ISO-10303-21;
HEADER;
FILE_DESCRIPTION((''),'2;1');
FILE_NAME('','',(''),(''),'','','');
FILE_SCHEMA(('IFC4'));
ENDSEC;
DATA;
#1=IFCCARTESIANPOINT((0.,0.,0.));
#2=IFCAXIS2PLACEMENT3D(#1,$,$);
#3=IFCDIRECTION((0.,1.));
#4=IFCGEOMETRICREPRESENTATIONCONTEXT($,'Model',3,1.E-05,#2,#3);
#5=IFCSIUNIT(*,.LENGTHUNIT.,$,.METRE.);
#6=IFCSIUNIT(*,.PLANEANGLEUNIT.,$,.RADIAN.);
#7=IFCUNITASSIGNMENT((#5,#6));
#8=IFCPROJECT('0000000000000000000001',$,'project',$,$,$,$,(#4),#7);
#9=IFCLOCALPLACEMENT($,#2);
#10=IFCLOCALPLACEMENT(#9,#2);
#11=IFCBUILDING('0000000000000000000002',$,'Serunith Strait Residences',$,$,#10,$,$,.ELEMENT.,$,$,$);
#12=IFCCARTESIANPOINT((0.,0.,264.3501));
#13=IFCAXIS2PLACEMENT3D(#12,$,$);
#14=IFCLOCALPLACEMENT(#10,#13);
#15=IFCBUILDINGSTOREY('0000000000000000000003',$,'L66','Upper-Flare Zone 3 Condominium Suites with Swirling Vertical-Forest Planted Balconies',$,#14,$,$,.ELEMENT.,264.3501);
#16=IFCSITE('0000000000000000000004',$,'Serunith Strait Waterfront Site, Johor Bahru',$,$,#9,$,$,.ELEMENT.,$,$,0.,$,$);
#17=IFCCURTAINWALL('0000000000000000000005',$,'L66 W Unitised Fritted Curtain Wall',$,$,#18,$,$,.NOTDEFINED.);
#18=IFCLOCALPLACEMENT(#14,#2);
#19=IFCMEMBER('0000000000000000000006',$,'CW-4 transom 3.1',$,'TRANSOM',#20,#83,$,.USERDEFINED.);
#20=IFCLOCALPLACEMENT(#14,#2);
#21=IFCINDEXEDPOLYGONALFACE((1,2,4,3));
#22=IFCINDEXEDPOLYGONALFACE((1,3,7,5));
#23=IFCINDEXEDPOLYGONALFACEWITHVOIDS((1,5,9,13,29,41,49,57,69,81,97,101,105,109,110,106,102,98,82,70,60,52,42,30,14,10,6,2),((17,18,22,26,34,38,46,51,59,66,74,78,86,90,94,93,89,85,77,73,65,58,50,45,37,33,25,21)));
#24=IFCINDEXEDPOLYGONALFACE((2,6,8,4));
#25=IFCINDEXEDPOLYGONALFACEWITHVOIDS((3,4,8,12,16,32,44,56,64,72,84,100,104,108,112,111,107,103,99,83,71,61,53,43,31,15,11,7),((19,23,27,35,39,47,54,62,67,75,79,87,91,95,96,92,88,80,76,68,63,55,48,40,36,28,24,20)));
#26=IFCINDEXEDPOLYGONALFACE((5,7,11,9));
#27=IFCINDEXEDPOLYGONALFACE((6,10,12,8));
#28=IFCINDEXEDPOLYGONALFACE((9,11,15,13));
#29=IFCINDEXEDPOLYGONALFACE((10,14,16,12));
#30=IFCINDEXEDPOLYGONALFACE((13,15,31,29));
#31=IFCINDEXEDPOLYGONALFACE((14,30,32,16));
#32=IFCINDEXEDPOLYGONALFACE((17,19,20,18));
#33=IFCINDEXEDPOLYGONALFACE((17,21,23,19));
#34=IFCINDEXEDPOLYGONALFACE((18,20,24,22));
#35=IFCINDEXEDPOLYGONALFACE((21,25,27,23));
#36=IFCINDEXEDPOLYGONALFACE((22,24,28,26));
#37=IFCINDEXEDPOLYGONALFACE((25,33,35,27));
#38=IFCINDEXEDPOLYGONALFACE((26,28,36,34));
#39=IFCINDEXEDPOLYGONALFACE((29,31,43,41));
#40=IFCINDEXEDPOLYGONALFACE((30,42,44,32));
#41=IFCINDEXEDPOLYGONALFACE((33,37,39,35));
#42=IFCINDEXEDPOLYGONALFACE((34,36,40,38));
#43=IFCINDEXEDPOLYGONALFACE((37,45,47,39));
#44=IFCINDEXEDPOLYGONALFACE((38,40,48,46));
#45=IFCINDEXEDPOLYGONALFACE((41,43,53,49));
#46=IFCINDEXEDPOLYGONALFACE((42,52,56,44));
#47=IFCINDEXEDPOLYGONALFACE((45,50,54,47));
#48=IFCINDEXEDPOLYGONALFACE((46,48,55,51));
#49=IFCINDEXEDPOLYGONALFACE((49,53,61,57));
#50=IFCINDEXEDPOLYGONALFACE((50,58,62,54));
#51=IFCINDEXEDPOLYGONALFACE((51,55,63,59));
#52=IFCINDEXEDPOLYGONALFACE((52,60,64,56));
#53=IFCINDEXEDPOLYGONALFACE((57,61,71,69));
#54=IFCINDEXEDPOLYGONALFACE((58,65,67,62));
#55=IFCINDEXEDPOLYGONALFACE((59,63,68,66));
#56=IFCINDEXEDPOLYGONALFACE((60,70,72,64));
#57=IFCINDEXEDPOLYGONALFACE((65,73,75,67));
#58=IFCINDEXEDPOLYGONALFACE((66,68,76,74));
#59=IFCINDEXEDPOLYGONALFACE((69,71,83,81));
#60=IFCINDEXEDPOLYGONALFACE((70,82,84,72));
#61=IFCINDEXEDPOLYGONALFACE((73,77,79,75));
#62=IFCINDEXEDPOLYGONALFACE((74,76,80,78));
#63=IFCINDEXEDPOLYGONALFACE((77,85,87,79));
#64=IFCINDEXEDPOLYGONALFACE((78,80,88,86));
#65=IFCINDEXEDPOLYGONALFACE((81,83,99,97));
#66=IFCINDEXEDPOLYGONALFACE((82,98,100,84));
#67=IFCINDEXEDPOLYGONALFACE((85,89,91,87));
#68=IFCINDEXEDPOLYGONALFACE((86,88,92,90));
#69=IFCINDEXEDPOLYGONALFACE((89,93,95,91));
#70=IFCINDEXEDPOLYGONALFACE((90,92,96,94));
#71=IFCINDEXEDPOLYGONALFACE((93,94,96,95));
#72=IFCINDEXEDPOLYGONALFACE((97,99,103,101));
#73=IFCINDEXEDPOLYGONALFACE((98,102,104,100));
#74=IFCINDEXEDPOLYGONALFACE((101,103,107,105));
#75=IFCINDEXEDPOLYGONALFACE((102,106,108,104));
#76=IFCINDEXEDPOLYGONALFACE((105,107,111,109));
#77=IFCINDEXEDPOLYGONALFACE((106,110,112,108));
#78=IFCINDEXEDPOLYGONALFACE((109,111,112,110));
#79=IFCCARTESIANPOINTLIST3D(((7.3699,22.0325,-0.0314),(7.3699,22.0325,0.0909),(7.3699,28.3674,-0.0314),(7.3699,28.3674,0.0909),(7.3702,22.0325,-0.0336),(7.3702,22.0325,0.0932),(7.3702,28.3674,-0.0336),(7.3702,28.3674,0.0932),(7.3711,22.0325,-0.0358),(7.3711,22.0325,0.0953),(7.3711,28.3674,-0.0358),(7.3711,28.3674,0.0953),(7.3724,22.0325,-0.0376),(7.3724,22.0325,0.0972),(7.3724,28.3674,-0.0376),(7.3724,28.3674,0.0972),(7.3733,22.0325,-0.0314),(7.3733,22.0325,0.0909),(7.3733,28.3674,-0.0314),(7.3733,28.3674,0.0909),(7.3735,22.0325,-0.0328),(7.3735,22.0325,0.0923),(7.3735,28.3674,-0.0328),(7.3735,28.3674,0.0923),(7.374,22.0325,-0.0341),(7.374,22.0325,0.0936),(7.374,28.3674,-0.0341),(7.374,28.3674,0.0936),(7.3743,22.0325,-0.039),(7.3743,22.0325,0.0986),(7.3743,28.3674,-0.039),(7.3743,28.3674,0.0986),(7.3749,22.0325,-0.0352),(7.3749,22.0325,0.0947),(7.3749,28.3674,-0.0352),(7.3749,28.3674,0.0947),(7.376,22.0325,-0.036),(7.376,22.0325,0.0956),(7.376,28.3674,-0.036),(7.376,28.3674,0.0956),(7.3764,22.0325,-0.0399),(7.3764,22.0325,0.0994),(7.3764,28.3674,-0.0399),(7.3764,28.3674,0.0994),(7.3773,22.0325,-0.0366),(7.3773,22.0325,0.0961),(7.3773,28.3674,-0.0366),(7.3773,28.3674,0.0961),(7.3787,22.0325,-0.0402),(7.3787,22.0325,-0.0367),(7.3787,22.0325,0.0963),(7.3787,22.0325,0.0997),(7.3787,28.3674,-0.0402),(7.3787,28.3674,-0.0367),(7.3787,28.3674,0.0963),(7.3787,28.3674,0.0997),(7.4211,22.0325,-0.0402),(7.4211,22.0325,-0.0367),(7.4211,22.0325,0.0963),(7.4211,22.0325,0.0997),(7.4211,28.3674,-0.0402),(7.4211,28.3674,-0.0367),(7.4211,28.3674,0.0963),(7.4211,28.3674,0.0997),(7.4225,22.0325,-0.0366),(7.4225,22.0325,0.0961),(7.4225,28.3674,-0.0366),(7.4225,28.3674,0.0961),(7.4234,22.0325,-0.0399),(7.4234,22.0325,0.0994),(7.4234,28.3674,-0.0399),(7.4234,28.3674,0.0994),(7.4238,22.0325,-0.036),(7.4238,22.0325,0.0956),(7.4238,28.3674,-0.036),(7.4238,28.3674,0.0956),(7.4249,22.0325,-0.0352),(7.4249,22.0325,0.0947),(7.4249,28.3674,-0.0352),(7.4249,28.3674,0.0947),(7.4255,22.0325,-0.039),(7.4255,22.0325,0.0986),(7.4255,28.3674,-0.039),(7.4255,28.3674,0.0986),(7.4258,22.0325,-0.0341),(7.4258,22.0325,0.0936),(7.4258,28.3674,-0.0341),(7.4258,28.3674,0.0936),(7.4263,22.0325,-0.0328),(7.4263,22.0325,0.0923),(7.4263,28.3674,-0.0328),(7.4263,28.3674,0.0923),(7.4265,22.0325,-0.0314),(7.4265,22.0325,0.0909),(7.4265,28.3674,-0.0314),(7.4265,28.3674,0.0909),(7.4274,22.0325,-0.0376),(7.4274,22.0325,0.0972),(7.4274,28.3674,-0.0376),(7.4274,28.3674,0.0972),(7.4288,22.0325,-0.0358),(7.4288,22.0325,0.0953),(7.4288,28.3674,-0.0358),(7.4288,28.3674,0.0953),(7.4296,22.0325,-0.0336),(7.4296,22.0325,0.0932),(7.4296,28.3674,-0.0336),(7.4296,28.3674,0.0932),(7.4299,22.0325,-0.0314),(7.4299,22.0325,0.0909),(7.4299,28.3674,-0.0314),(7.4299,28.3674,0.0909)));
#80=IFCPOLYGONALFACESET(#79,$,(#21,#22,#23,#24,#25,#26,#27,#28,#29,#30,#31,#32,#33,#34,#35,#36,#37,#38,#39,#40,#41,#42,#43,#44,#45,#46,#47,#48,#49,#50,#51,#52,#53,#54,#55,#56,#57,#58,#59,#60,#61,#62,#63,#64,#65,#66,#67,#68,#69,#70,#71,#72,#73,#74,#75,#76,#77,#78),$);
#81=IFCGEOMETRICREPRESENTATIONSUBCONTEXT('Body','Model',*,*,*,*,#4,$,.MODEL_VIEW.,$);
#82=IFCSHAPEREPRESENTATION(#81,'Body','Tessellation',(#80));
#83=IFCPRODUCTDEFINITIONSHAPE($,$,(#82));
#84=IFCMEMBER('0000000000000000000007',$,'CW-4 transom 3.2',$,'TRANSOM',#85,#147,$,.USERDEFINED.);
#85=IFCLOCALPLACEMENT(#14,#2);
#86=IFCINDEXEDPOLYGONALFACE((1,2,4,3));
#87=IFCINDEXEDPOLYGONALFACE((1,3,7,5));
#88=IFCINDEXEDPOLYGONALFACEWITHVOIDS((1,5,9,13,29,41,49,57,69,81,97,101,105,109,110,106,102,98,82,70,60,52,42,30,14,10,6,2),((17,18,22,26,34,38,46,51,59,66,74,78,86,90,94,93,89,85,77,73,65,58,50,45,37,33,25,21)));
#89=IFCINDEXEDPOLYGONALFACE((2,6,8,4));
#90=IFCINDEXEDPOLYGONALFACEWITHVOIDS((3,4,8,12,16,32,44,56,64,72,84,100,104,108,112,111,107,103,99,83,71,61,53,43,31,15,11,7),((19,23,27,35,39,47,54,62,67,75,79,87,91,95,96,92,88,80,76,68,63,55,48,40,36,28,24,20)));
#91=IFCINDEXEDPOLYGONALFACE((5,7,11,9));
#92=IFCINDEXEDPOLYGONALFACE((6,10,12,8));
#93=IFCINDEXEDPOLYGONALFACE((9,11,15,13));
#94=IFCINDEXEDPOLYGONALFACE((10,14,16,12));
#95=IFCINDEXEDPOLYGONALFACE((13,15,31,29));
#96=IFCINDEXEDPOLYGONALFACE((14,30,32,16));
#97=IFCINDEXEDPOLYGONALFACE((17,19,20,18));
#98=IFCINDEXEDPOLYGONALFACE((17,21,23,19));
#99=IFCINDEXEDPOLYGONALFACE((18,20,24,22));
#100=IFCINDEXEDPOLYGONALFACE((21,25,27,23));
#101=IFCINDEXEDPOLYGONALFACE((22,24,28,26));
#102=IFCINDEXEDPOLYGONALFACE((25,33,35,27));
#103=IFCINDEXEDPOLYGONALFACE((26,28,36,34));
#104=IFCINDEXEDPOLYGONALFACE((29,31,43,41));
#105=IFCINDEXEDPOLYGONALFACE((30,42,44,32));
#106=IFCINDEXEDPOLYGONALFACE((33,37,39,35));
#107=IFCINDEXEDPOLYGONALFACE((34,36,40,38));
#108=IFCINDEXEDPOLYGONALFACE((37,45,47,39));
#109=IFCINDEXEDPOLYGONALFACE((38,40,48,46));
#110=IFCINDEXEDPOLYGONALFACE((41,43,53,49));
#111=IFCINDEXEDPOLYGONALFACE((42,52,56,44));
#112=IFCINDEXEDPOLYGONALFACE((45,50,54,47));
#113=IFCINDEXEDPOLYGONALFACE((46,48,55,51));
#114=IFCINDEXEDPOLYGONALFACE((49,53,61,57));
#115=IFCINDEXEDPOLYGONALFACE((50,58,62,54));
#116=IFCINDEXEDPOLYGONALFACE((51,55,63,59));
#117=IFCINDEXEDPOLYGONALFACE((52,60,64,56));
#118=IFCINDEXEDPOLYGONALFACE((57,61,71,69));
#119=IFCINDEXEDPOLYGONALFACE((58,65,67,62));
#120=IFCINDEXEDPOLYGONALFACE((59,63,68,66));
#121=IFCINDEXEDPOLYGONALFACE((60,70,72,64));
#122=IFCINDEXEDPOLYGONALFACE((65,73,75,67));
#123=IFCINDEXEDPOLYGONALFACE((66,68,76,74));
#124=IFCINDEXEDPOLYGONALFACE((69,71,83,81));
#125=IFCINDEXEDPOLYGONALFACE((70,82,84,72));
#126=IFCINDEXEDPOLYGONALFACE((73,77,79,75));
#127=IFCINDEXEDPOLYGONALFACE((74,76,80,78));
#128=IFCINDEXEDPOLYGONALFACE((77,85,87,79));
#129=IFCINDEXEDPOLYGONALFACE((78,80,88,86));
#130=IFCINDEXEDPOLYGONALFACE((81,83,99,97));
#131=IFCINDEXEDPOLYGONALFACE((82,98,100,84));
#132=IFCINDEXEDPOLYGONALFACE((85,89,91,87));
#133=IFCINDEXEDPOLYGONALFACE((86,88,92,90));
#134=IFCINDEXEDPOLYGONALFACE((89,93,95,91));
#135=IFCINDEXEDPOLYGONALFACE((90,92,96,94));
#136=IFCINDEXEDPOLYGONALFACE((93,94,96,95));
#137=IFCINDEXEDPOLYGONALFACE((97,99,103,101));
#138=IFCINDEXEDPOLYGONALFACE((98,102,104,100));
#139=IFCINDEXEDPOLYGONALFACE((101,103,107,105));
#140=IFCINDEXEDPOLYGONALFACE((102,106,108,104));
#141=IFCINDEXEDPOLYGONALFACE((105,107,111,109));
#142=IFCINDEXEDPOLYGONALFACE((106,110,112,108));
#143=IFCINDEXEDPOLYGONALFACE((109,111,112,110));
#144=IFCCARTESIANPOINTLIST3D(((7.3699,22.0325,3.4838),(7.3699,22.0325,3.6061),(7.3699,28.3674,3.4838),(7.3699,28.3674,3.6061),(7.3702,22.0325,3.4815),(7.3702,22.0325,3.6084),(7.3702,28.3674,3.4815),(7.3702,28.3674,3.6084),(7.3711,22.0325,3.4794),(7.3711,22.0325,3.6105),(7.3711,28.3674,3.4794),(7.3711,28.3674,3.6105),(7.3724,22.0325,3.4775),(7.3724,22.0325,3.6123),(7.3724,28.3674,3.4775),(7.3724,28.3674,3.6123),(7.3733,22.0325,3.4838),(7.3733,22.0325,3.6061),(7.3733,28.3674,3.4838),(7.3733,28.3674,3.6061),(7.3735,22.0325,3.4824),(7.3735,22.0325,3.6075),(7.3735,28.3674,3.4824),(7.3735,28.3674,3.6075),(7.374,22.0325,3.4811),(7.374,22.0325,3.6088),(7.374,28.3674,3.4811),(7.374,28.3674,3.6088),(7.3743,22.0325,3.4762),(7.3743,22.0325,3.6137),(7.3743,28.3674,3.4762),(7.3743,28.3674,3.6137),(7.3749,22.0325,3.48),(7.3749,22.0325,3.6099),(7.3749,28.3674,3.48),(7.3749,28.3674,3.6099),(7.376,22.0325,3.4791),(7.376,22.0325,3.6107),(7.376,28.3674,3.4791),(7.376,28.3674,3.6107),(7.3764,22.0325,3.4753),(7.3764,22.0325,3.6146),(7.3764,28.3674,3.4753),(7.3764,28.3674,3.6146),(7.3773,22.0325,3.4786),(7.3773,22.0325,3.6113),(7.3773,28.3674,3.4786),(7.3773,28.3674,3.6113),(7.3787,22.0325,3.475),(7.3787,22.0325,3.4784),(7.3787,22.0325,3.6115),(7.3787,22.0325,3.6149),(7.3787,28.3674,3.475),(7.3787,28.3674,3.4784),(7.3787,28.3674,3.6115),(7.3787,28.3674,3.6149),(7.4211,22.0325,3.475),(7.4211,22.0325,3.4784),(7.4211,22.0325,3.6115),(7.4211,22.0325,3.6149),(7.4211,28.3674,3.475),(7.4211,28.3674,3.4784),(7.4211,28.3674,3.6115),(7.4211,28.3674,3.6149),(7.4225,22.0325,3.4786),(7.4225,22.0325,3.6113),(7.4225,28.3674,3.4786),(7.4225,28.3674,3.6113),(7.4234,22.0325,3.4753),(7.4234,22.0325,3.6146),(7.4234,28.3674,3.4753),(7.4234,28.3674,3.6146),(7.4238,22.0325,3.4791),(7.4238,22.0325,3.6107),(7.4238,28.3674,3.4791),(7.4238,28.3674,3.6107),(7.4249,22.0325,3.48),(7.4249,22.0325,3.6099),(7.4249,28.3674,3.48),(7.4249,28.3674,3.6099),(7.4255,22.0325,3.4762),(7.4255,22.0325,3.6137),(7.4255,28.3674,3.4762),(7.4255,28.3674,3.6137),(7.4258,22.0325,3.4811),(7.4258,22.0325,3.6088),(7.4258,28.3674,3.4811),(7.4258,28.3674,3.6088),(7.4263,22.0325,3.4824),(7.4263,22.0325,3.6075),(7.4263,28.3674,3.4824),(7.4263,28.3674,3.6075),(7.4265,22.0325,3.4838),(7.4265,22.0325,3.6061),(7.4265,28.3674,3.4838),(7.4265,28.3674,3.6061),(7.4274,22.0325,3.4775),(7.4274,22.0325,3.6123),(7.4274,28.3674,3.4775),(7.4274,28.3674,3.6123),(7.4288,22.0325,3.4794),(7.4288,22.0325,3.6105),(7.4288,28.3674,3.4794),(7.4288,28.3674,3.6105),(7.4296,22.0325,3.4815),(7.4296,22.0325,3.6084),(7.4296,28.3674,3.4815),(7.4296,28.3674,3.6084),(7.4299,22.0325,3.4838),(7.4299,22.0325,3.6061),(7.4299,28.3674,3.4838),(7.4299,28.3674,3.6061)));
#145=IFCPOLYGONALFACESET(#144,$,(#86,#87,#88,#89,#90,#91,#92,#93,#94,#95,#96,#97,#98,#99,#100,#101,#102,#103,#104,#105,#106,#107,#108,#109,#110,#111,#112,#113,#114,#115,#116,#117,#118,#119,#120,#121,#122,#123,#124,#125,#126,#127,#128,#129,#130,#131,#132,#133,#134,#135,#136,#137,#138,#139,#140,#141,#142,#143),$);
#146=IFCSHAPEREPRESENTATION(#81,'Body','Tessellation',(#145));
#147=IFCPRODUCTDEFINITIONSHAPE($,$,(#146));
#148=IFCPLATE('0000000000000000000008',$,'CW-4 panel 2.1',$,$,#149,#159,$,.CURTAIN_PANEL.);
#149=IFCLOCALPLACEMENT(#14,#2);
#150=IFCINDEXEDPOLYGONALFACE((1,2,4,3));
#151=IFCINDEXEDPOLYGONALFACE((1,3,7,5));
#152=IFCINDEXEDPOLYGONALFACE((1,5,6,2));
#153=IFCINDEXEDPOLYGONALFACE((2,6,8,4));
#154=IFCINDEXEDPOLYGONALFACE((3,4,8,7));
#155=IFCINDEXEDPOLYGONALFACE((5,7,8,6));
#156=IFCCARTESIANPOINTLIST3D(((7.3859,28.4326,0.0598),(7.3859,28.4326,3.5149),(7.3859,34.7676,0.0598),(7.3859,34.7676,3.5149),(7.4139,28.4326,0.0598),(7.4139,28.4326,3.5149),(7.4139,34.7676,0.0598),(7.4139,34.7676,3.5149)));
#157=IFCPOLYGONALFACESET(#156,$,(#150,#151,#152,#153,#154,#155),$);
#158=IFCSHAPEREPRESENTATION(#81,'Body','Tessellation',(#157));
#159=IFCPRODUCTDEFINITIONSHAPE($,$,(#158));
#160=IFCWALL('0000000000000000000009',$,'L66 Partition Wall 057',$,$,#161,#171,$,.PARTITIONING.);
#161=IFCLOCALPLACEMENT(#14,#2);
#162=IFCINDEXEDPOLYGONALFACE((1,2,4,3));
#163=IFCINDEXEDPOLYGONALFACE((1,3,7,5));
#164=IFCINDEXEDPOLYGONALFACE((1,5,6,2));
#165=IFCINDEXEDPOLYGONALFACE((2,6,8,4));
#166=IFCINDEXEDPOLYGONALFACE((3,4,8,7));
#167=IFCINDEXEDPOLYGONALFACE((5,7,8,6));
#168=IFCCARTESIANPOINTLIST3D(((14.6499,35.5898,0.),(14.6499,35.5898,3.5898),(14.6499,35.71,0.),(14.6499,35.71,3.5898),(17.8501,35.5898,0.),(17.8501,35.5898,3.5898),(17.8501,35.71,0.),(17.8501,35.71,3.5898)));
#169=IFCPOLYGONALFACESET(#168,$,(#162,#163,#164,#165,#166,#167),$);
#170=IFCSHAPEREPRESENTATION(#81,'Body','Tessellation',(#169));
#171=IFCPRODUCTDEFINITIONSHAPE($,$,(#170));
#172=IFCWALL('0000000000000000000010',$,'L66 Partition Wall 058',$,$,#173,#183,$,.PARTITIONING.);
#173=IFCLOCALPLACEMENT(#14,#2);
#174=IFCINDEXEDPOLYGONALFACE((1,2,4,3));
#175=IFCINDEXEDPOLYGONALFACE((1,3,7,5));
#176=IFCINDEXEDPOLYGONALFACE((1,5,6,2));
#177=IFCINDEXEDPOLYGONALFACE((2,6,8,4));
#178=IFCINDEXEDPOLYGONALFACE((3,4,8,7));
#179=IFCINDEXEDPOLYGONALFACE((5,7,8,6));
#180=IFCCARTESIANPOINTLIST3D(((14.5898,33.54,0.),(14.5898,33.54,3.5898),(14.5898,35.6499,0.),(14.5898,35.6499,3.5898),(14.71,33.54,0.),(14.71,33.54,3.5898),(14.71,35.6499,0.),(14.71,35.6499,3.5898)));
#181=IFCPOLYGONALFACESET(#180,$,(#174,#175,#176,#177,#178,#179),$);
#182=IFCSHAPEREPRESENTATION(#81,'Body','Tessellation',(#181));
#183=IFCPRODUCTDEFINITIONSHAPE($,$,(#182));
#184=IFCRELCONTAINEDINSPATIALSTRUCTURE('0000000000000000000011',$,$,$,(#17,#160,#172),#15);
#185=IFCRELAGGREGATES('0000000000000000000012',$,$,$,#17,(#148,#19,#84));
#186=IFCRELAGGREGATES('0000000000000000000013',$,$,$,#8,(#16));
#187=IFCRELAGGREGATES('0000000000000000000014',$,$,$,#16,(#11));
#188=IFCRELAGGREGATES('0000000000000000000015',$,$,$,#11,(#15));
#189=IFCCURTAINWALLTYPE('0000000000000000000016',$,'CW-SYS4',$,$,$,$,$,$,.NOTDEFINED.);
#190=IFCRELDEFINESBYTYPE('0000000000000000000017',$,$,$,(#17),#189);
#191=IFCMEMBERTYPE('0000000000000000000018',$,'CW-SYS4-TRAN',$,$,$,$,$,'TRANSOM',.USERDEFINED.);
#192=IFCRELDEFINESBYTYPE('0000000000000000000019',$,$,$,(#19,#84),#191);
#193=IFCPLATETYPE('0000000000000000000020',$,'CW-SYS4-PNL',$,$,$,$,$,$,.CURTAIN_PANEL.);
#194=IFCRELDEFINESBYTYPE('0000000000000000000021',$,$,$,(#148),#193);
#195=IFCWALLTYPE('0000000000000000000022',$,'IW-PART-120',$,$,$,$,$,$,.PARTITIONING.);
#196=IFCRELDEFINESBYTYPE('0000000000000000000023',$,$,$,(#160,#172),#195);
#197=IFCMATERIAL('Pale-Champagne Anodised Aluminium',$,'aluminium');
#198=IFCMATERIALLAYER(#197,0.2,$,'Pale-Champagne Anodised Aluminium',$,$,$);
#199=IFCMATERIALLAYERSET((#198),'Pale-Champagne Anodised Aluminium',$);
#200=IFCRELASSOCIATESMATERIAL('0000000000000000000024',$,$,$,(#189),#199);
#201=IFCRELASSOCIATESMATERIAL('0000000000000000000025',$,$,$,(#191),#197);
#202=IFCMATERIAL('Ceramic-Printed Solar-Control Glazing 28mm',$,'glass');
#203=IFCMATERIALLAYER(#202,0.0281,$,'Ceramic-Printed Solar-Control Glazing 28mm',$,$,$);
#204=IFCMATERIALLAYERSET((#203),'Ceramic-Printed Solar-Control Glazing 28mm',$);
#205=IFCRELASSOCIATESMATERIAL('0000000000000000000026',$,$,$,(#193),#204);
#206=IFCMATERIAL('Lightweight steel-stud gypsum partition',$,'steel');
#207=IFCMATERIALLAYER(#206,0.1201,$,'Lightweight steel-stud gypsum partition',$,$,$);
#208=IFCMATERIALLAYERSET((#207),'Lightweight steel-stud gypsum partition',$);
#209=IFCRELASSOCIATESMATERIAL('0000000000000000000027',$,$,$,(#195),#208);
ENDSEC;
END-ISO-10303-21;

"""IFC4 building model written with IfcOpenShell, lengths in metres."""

from ifc_helpers import new_model, si_unit, direction, frame, frame_2d, origin, origin_2d, place, context, subcontext, project, spatial, rectangle, hollow_rectangle, extrude, source, transform, mapped, material, layer, layer_set, material_profile, profile_set, type_object, element, aggregate, save


model = new_model("IFC4")

# Units and contexts
model_context = context("Model", 3, precision=1e-05, world=origin(), true_north=direction((0.0, 1.0)))
body_context = subcontext(model_context, "Body", "Model", "MODEL_VIEW")
ifc_project = project(units=[si_unit("LENGTHUNIT", "METRE"), si_unit("PLANEANGLEUNIT", "RADIAN")], contexts=[model_context])

# Site, building, storey
site_placement = place(None, origin())
site = spatial("IfcSite", under=ifc_project, at=site_placement, Name="Serunith Strait Waterfront Site, Johor Bahru", CompositionType="ELEMENT", RefElevation=0.0)
building_placement = place(site_placement, origin())
building = spatial("IfcBuilding", under=site, at=building_placement, Name="Serunith Strait Residences", CompositionType="ELEMENT")
storey_placement = place(building_placement, frame((0.0, 0.0, 264.3501)))
storey = spatial("IfcBuildingStorey", under=building, at=storey_placement, Name="L66", Description="Upper-Flare Zone 3 Condominium Suites with Swirling Vertical-Forest Planted Balconies", CompositionType="ELEMENT", Elevation=264.3501)

# Curtain wall, members, plate
ifc_material_1 = material(Name="Pale-Champagne Anodised Aluminium", Category="aluminium")
ifc_layer_1 = layer(ifc_material_1, 0.2, Name="Pale-Champagne Anodised Aluminium")
ifc_layer_set_1 = layer_set([ifc_layer_1], Name="Pale-Champagne Anodised Aluminium")
curtain_wall_type = type_object("IfcCurtainWallType", Name="CW-SYS4", PredefinedType="NOTDEFINED", material=ifc_layer_set_1)
curtain_wall_placement = place(storey_placement, origin())
curtain_wall = element("IfcCurtainWall", 1, at=curtain_wall_placement, inside=storey, type_object=curtain_wall_type, Name="L66 W Unitised Fritted Curtain Wall", PredefinedType="NOTDEFINED")
ifc_material_profile_1 = material_profile(ifc_material_1, hollow_rectangle(XDim=0.0601, YDim=0.1399, WallThickness=0.0034, InnerFilletRadius=0.0054, OuterFilletRadius=0.0088, at=origin_2d()), Name="ALU 140x60x3.5")
ifc_profile_set_1 = profile_set([ifc_material_profile_1], Name="Pale-Champagne Anodised Aluminium")
member_type_1 = type_object("IfcMemberType", Name="CW-SYS4-TRAN", ElementType="TRANSOM", PredefinedType="USERDEFINED", material=ifc_profile_set_1)
shared_shape_1 = source(origin(), body_context, "Body", "SweptSolid", [
    extrude(hollow_rectangle(XDim=0.0601, YDim=0.1399, WallThickness=0.0034, InnerFilletRadius=0.0054, OuterFilletRadius=0.0088, at=origin_2d()), origin(), (0.0, 0.0, 1.0), 6.335),
])
member_1_placement = place(storey_placement, frame((7.3999, 28.3674, 0.0298), z_axis=(0.0, -1.0, 0.0), x_axis=(1.0, 0.0, 0.0)))
member_1 = element("IfcMember", 2, at=member_1_placement, type_object=member_type_1, Name="CW-4 transom 3.1", ObjectType="TRANSOM", PredefinedType="USERDEFINED", context=body_context, shape_type="MappedRepresentation", body=[
    mapped(shared_shape_1, transform((0.0, 0.0, 0.0), scale=1.0)),
])
member_2_placement = place(storey_placement, frame((7.3999, 28.3674, 3.5449), z_axis=(0.0, -1.0, 0.0), x_axis=(1.0, 0.0, 0.0)))
member_2 = element("IfcMember", 3, at=member_2_placement, type_object=member_type_1, Name="CW-4 transom 3.2", ObjectType="TRANSOM", PredefinedType="USERDEFINED", context=body_context, shape_type="MappedRepresentation", body=[
    mapped(shared_shape_1, transform((0.0, 0.0, 0.0), scale=1.0)),
])
ifc_material_2 = material(Name="Ceramic-Printed Solar-Control Glazing 28mm", Category="glass")
ifc_layer_2 = layer(ifc_material_2, 0.0281, Name="Ceramic-Printed Solar-Control Glazing 28mm")
ifc_layer_set_2 = layer_set([ifc_layer_2], Name="Ceramic-Printed Solar-Control Glazing 28mm")
plate_type = type_object("IfcPlateType", Name="CW-SYS4-PNL", PredefinedType="CURTAIN_PANEL", material=ifc_layer_set_2)
shared_shape_2 = source(origin(), body_context, "Body", "SweptSolid", [
    extrude(rectangle(XDim=6.335, YDim=0.0281, at=origin_2d()), origin(), (0.0, 0.0, 1.0), 3.4551),
])
plate_placement = place(storey_placement, frame((7.3999, 31.6001, 0.0598), z_axis=(0.0, 0.0, 1.0), x_axis=(0.0, -1.0, 0.0)))
plate = element("IfcPlate", 4, at=plate_placement, type_object=plate_type, Name="CW-4 panel 2.1", PredefinedType="CURTAIN_PANEL", context=body_context, shape_type="MappedRepresentation", body=[
    mapped(shared_shape_2, transform((0.0, 0.0, 0.0), scale=1.0)),
])
aggregate(curtain_wall, [plate, member_1, member_2])

# Walls
ifc_material_3 = material(Name="Lightweight steel-stud gypsum partition", Category="steel")
ifc_layer_3 = layer(ifc_material_3, 0.1201, Name="Lightweight steel-stud gypsum partition")
ifc_layer_set_3 = layer_set([ifc_layer_3], Name="Lightweight steel-stud gypsum partition")
wall_type_1 = type_object("IfcWallType", Name="IW-PART-120", PredefinedType="PARTITIONING", material=ifc_layer_set_3)
wall_1_placement = place(storey_placement, frame((14.6499, 35.6499, 0.0), z_axis=(0.0, 0.0, 1.0), x_axis=(1.0, 0.0, 0.0)))
element("IfcWall", 5, at=wall_1_placement, inside=storey, type_object=wall_type_1, Name="L66 Partition Wall 057", PredefinedType="PARTITIONING", context=body_context, shape_type="SweptSolid", body=[
    extrude(rectangle(XDim=3.2002, YDim=0.1201, at=frame_2d((1.6001, 0.0))), origin(), (0.0, 0.0, 1.0), 3.5898),
])
wall_2_placement = place(storey_placement, frame((14.6499, 35.6499, 0.0), z_axis=(0.0, 0.0, 1.0), x_axis=(0.0, -1.0, 0.0)))
element("IfcWall", 6, at=wall_2_placement, inside=storey, type_object=wall_type_1, Name="L66 Partition Wall 058", PredefinedType="PARTITIONING", context=body_context, shape_type="SweptSolid", body=[
    extrude(rectangle(XDim=2.1099, YDim=0.1201, at=frame_2d((1.0549, 0.0))), origin(), (0.0, 0.0, 1.0), 3.5898),
])

save(model, "model.ifc")
